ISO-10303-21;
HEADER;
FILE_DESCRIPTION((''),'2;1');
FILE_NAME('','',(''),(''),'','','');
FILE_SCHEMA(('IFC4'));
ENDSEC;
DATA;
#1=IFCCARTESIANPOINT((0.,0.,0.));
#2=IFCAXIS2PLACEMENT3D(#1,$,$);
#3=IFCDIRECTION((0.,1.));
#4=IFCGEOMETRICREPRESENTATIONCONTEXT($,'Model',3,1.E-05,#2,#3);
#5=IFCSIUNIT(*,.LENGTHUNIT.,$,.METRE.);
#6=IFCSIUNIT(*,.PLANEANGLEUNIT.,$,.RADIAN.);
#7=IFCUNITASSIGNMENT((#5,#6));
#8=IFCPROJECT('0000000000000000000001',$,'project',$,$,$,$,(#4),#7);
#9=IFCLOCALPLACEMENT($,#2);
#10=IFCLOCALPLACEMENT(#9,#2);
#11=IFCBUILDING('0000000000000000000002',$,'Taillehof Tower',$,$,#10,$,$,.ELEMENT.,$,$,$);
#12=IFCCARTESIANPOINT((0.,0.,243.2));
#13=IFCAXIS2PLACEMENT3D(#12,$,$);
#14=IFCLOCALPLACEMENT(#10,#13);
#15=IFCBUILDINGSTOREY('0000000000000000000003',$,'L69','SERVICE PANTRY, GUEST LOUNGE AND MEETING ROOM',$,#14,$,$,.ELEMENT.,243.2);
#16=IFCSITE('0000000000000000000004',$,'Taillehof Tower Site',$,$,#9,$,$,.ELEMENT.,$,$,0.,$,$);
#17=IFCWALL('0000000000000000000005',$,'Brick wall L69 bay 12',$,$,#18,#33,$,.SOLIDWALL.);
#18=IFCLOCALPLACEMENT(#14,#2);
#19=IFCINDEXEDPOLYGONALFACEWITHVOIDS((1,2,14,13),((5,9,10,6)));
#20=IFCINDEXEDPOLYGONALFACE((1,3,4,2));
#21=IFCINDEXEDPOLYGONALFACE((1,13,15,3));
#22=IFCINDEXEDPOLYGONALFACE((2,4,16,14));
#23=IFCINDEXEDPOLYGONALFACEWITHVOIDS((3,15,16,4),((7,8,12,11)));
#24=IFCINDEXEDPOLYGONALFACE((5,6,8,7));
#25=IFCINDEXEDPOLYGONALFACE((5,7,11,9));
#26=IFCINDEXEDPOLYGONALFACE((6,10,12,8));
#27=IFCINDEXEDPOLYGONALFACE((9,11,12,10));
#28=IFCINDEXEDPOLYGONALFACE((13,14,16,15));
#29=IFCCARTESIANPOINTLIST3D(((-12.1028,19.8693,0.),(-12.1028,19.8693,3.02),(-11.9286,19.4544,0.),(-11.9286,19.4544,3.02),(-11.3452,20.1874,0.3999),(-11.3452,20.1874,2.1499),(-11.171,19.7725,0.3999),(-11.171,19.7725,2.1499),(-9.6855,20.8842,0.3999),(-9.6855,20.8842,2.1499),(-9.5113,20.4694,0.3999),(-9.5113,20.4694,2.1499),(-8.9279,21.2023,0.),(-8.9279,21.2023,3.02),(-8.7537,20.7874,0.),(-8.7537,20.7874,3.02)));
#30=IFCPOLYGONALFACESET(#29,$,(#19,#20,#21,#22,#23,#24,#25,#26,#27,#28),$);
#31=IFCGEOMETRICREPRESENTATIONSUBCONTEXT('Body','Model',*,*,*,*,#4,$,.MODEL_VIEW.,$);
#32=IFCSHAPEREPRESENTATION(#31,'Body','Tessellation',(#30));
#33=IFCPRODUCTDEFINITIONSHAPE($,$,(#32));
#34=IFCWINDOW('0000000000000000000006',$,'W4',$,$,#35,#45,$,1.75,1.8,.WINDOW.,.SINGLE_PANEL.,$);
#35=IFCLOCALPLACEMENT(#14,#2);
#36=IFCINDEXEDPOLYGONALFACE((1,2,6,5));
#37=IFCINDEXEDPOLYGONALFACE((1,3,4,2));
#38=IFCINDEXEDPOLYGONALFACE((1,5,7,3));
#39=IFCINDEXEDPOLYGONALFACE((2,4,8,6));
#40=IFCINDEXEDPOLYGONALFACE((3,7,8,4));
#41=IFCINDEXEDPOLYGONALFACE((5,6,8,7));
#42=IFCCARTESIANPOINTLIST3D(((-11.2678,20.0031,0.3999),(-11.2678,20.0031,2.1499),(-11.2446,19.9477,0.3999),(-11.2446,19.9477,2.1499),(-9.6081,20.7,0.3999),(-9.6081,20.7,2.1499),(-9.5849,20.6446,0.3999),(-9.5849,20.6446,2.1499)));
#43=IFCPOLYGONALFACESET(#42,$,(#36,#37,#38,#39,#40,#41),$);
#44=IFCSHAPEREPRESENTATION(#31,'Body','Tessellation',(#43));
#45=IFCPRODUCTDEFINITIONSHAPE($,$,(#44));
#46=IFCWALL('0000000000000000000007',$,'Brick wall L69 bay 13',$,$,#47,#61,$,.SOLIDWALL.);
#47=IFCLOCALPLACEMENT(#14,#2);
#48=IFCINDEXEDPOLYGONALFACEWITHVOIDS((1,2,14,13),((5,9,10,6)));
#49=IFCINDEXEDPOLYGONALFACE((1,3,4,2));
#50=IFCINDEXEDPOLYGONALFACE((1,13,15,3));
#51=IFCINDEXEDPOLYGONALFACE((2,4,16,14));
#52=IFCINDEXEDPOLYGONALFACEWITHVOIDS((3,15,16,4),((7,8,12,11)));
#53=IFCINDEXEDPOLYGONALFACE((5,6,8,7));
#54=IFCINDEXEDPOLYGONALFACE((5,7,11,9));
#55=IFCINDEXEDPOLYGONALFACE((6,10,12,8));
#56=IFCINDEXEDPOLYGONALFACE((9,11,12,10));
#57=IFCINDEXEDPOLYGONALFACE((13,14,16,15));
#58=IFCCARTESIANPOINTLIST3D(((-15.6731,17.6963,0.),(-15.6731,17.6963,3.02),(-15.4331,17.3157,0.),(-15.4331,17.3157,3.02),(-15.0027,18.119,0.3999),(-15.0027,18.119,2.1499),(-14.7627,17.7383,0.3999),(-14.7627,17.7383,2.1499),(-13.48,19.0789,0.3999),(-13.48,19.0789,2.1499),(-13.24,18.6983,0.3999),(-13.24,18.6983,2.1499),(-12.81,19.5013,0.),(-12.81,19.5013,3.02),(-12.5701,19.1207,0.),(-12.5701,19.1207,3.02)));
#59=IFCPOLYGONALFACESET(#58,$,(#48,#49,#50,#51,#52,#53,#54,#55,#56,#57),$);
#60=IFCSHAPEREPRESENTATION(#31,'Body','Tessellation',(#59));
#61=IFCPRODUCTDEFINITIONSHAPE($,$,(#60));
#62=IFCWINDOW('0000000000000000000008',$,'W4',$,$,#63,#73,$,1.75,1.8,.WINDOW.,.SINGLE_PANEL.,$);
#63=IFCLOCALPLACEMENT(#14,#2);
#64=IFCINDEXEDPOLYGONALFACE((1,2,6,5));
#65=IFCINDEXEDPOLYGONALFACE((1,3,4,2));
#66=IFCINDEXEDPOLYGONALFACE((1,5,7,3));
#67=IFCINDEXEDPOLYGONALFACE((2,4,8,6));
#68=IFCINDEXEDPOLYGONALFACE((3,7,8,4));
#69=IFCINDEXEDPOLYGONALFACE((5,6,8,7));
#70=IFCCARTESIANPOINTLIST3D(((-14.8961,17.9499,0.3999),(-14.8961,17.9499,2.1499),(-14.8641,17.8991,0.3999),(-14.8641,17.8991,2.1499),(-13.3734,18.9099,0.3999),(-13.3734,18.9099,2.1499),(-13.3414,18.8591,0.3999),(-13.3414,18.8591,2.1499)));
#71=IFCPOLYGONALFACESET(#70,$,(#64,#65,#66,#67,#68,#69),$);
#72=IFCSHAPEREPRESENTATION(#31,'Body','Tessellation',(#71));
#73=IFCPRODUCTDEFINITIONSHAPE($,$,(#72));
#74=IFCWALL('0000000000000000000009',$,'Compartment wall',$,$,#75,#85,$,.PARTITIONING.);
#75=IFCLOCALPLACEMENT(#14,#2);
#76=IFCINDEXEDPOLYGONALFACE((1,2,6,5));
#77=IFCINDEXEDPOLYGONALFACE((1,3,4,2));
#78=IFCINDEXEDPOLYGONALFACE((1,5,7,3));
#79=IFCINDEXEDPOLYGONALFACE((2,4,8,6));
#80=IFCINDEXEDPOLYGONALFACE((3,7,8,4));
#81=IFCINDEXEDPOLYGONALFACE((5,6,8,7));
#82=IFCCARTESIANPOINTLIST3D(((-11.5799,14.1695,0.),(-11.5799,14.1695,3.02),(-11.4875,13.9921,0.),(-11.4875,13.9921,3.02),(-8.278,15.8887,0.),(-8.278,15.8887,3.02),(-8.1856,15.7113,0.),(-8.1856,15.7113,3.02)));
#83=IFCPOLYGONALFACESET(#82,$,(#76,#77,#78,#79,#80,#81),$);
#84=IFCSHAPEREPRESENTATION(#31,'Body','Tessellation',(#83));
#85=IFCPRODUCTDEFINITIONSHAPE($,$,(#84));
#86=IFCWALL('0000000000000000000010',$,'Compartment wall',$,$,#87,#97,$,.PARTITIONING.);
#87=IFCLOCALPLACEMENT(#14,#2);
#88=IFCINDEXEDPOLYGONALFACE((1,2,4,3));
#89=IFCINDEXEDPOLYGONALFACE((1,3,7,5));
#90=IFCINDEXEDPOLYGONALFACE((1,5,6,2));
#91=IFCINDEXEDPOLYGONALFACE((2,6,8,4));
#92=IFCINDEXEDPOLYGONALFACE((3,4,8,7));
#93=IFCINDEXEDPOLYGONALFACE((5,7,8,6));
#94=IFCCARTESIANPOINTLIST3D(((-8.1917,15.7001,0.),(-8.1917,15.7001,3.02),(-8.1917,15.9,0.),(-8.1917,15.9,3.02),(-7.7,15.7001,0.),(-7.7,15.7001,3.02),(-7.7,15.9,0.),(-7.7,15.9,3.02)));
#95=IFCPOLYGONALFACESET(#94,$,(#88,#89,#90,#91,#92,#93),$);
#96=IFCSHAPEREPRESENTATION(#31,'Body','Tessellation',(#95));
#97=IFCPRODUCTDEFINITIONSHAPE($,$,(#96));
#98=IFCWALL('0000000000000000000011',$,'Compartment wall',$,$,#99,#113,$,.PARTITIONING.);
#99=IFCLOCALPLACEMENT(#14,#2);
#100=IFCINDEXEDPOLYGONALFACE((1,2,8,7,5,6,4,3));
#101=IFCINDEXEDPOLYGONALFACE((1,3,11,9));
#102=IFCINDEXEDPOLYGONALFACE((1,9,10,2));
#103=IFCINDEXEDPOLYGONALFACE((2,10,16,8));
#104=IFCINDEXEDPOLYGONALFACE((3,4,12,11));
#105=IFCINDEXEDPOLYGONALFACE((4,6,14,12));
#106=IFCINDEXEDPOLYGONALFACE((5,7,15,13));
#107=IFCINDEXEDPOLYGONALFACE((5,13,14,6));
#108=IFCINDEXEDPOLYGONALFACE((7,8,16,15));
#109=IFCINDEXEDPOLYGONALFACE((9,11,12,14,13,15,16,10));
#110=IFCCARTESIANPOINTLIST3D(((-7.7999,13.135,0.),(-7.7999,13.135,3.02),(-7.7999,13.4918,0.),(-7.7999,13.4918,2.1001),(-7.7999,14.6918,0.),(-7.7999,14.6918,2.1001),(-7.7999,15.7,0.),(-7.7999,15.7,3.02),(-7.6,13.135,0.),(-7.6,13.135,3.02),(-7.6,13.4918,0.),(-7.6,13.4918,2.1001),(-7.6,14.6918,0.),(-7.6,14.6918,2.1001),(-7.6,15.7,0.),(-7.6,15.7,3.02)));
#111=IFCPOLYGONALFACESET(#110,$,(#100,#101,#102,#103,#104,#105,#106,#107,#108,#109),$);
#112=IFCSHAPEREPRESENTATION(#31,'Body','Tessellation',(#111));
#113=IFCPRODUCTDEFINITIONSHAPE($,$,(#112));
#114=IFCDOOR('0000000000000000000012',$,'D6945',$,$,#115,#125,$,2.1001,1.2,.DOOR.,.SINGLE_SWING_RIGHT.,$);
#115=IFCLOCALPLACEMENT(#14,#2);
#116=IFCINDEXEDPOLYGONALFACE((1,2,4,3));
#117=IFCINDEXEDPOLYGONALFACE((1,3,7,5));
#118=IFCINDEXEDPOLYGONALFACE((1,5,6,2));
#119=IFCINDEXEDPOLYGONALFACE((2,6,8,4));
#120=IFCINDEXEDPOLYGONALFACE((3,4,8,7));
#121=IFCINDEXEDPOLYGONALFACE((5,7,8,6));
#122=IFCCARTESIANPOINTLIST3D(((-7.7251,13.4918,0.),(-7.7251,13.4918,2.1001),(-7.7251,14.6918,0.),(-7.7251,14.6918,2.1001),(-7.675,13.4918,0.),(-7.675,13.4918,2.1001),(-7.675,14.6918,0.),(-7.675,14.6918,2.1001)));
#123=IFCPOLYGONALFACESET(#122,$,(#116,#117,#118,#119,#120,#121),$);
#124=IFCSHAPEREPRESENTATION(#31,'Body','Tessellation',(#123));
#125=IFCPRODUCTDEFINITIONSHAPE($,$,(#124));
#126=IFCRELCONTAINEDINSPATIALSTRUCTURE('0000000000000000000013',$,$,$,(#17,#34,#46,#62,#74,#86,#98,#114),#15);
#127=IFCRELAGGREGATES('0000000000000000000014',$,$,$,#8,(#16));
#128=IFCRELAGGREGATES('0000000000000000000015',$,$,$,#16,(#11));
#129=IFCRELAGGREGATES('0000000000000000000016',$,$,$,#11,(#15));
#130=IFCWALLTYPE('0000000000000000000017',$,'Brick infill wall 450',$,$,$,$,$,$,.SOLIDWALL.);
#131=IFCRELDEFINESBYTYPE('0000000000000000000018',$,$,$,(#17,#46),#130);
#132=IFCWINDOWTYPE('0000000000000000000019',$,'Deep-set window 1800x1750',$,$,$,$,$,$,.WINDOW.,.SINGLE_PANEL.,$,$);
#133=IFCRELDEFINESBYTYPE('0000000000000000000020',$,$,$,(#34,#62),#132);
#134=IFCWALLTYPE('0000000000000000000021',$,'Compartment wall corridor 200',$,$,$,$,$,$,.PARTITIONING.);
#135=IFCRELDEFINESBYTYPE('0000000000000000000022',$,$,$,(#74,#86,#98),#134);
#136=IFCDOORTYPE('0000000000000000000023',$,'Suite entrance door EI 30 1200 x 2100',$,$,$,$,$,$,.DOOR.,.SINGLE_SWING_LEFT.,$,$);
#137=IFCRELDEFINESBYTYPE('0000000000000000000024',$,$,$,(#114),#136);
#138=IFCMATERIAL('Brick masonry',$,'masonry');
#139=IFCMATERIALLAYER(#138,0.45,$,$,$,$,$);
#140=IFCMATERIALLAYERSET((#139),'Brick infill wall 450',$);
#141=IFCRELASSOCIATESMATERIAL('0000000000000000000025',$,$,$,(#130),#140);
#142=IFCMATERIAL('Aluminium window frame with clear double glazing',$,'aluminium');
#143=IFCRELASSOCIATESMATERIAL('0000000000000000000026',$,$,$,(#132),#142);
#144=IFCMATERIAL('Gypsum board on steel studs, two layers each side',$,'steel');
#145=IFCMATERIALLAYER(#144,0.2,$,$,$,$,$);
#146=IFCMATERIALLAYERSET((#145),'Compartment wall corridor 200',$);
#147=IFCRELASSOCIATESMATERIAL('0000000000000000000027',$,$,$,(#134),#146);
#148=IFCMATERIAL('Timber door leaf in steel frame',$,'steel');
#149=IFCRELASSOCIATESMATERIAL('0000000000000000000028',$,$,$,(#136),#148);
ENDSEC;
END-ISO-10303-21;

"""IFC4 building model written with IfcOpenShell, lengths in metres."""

from ifc_helpers import new_model, si_unit, direction, frame, frame_2d, origin, place, context, subcontext, project, spatial, rectangle, extrude, material, layer, layer_set, type_object, element, fill, save


model = new_model("IFC4")

# Units and contexts
model_context = context("Model", 3, precision=1e-05, world=origin(), true_north=direction((0.0, 1.0)))
body_context = subcontext(model_context, "Body", "Model", "MODEL_VIEW")
ifc_project = project(units=[si_unit("LENGTHUNIT", "METRE"), si_unit("PLANEANGLEUNIT", "RADIAN")], contexts=[model_context])

# Site, building, storey
site_placement = place(None, origin())
site = spatial("IfcSite", under=ifc_project, at=site_placement, Name="Taillehof Tower Site", CompositionType="ELEMENT", RefElevation=0.0)
building_placement = place(site_placement, origin())
building = spatial("IfcBuilding", under=site, at=building_placement, Name="Taillehof Tower", CompositionType="ELEMENT")
storey_placement = place(building_placement, frame((0.0, 0.0, 243.2)))
storey = spatial("IfcBuildingStorey", under=building, at=storey_placement, Name="L69", Description="SERVICE PANTRY, GUEST LOUNGE AND MEETING ROOM", CompositionType="ELEMENT", Elevation=243.2)

# Walls, openings, windows
ifc_material_1 = material(Name="Brick masonry", Category="masonry")
ifc_layer_1 = layer(ifc_material_1, 0.45)
ifc_layer_set_1 = layer_set([ifc_layer_1], Name="Brick infill wall 450")
wall_type_1 = type_object("IfcWallType", Name="Brick infill wall 450", PredefinedType="SOLIDWALL", material=ifc_layer_set_1)
ifc_material_2 = material(Name="Aluminium window frame with clear double glazing", Category="aluminium")
window_type = type_object("IfcWindowType", Name="Deep-set window 1800x1750", PartitioningType="SINGLE_PANEL", PredefinedType="WINDOW", material=ifc_material_2)
wall_1_placement = place(storey_placement, frame((-8.8408, 20.9949, 0.0), z_axis=(0.0, 0.0, 1.0), x_axis=(-0.922025, -0.387131, 0.0)))
wall_1 = element("IfcWall", 1, at=wall_1_placement, inside=storey, type_object=wall_type_1, Name="Brick wall L69 bay 12", PredefinedType="SOLIDWALL", context=body_context, shape_type="SweptSolid", body=[
    extrude(rectangle(XDim=3.4434, YDim=0.45, at=frame_2d((1.7217, 0.0))), origin(), (0.0, 0.0, 1.0), 3.02),
])
opening_1_placement = place(wall_1_placement, frame((0.8218, 0.0, 0.3999)))
opening_1 = element("IfcOpeningElement", 2, at=opening_1_placement, cuts=wall_1, PredefinedType="OPENING", context=body_context, shape_type="SweptSolid", body=[
    extrude(rectangle(XDim=1.8, YDim=1.75, at=frame_2d((0.8999, 0.875))), frame((0.0, 0.2349, 0.0), z_axis=(0.0, -1.0, 0.0), x_axis=(1.0, 0.0, 0.0)), (0.0, 0.0, 1.0), 0.47),
])
window_1_placement = place(opening_1_placement, origin())
window_1 = element("IfcWindow", 3, at=window_1_placement, inside=storey, type_object=window_type, Name="W4", OverallHeight=1.75, OverallWidth=1.8, PartitioningType="SINGLE_PANEL", PredefinedType="WINDOW", context=body_context, shape_type="SweptSolid", body=[
    extrude(rectangle(XDim=1.8, YDim=1.75, at=frame_2d((0.8999, 0.875))), frame((0.0, 0.0349, 0.0), z_axis=(0.0, -1.0, 0.0), x_axis=(1.0, 0.0, 0.0)), (0.0, 0.0, 1.0), 0.0601),
])
fill(opening_1, window_1)
wall_2_placement = place(storey_placement, frame((-12.6899, 19.311, 0.0), z_axis=(0.0, 0.0, 1.0), x_axis=(-0.845929, -0.533295, 0.0)))
wall_2 = element("IfcWall", 4, at=wall_2_placement, inside=storey, type_object=wall_type_1, Name="Brick wall L69 bay 13", PredefinedType="SOLIDWALL", context=body_context, shape_type="SweptSolid", body=[
    extrude(rectangle(XDim=3.3845, YDim=0.45, at=frame_2d((1.6924, 0.0))), origin(), (0.0, 0.0, 1.0), 3.02),
])
opening_2_placement = place(wall_2_placement, frame((0.7922, 0.0, 0.3999)))
opening_2 = element("IfcOpeningElement", 5, at=opening_2_placement, cuts=wall_2, PredefinedType="OPENING", context=body_context, shape_type="SweptSolid", body=[
    extrude(rectangle(XDim=1.8, YDim=1.75, at=frame_2d((0.8999, 0.875))), frame((0.0, 0.2349, 0.0), z_axis=(0.0, -1.0, 0.0), x_axis=(1.0, 0.0, 0.0)), (0.0, 0.0, 1.0), 0.47),
])
window_2_placement = place(opening_2_placement, origin())
window_2 = element("IfcWindow", 6, at=window_2_placement, inside=storey, type_object=window_type, Name="W4", OverallHeight=1.75, OverallWidth=1.8, PartitioningType="SINGLE_PANEL", PredefinedType="WINDOW", context=body_context, shape_type="SweptSolid", body=[
    extrude(rectangle(XDim=1.8, YDim=1.75, at=frame_2d((0.8999, 0.875))), frame((0.0, 0.0349, 0.0), z_axis=(0.0, -1.0, 0.0), x_axis=(1.0, 0.0, 0.0)), (0.0, 0.0, 1.0), 0.0601),
])
fill(opening_2, window_2)

# Walls
ifc_material_3 = material(Name="Gypsum board on steel studs, two layers each side", Category="steel")
ifc_layer_2 = layer(ifc_material_3, 0.2)
ifc_layer_set_2 = layer_set([ifc_layer_2], Name="Compartment wall corridor 200")
wall_type_2 = type_object("IfcWallType", Name="Compartment wall corridor 200", PredefinedType="PARTITIONING", material=ifc_layer_set_2)
wall_3_placement = place(storey_placement, frame((-11.5337, 14.0808, 0.0), z_axis=(0.0, 0.0, 1.0), x_axis=(0.886975, 0.461817, 0.0)))
element("IfcWall", 7, at=wall_3_placement, inside=storey, type_object=wall_type_2, Name="Compartment wall", PredefinedType="PARTITIONING", context=body_context, shape_type="SweptSolid", body=[
    extrude(rectangle(XDim=3.7227, YDim=0.2, at=frame_2d((1.8613, 0.0))), origin(), (0.0, 0.0, 1.0), 3.02),
])
wall_4_placement = place(storey_placement, frame((-8.1917, 15.8, 0.0), z_axis=(0.0, 0.0, 1.0), x_axis=(1.0, 0.0, 0.0)))
element("IfcWall", 8, at=wall_4_placement, inside=storey, type_object=wall_type_2, Name="Compartment wall", PredefinedType="PARTITIONING", context=body_context, shape_type="SweptSolid", body=[
    extrude(rectangle(XDim=0.4917, YDim=0.2, at=frame_2d((0.2458, 0.0))), origin(), (0.0, 0.0, 1.0), 3.02),
])

# Wall, opening, door
wall_5_placement = place(storey_placement, frame((-7.7, 15.7, 0.0), z_axis=(0.0, 0.0, 1.0), x_axis=(0.0, -1.0, 0.0)))
wall_5 = element("IfcWall", 9, at=wall_5_placement, inside=storey, type_object=wall_type_2, Name="Compartment wall", PredefinedType="PARTITIONING", context=body_context, shape_type="SweptSolid", body=[
    extrude(rectangle(XDim=2.5649, YDim=0.2, at=frame_2d((1.2825, 0.0))), origin(), (0.0, 0.0, 1.0), 3.02),
])
opening_3_placement = place(wall_5_placement, frame((1.0081, 0.0, 0.0)))
opening_3 = element("IfcOpeningElement", 10, at=opening_3_placement, cuts=wall_5, PredefinedType="OPENING", context=body_context, shape_type="SweptSolid", body=[
    extrude(rectangle(XDim=1.2, YDim=2.1001, at=frame_2d((0.6001, 1.05))), frame((0.0, 0.1099, 0.0), z_axis=(0.0, -1.0, 0.0), x_axis=(1.0, 0.0, 0.0)), (0.0, 0.0, 1.0), 0.22),
])
ifc_material_4 = material(Name="Timber door leaf in steel frame", Category="steel")
door_type_1 = type_object("IfcDoorType", Name="Suite entrance door EI 30 1200 x 2100", OperationType="SINGLE_SWING_LEFT", PredefinedType="DOOR", material=ifc_material_4)
door_1_placement = place(opening_3_placement, origin())
door_1 = element("IfcDoor", 11, at=door_1_placement, inside=storey, type_object=door_type_1, Name="D6945", OperationType="SINGLE_SWING_RIGHT", OverallHeight=2.1001, OverallWidth=1.2, PredefinedType="DOOR", context=body_context, shape_type="SweptSolid", body=[
    extrude(rectangle(XDim=1.2, YDim=2.1001, at=frame_2d((0.6001, 1.05))), frame((0.0, 0.0249, 0.0), z_axis=(0.0, -1.0, 0.0), x_axis=(1.0, 0.0, 0.0)), (0.0, 0.0, 1.0), 0.05),
])
fill(opening_3, door_1)

save(model, "model.ifc")
